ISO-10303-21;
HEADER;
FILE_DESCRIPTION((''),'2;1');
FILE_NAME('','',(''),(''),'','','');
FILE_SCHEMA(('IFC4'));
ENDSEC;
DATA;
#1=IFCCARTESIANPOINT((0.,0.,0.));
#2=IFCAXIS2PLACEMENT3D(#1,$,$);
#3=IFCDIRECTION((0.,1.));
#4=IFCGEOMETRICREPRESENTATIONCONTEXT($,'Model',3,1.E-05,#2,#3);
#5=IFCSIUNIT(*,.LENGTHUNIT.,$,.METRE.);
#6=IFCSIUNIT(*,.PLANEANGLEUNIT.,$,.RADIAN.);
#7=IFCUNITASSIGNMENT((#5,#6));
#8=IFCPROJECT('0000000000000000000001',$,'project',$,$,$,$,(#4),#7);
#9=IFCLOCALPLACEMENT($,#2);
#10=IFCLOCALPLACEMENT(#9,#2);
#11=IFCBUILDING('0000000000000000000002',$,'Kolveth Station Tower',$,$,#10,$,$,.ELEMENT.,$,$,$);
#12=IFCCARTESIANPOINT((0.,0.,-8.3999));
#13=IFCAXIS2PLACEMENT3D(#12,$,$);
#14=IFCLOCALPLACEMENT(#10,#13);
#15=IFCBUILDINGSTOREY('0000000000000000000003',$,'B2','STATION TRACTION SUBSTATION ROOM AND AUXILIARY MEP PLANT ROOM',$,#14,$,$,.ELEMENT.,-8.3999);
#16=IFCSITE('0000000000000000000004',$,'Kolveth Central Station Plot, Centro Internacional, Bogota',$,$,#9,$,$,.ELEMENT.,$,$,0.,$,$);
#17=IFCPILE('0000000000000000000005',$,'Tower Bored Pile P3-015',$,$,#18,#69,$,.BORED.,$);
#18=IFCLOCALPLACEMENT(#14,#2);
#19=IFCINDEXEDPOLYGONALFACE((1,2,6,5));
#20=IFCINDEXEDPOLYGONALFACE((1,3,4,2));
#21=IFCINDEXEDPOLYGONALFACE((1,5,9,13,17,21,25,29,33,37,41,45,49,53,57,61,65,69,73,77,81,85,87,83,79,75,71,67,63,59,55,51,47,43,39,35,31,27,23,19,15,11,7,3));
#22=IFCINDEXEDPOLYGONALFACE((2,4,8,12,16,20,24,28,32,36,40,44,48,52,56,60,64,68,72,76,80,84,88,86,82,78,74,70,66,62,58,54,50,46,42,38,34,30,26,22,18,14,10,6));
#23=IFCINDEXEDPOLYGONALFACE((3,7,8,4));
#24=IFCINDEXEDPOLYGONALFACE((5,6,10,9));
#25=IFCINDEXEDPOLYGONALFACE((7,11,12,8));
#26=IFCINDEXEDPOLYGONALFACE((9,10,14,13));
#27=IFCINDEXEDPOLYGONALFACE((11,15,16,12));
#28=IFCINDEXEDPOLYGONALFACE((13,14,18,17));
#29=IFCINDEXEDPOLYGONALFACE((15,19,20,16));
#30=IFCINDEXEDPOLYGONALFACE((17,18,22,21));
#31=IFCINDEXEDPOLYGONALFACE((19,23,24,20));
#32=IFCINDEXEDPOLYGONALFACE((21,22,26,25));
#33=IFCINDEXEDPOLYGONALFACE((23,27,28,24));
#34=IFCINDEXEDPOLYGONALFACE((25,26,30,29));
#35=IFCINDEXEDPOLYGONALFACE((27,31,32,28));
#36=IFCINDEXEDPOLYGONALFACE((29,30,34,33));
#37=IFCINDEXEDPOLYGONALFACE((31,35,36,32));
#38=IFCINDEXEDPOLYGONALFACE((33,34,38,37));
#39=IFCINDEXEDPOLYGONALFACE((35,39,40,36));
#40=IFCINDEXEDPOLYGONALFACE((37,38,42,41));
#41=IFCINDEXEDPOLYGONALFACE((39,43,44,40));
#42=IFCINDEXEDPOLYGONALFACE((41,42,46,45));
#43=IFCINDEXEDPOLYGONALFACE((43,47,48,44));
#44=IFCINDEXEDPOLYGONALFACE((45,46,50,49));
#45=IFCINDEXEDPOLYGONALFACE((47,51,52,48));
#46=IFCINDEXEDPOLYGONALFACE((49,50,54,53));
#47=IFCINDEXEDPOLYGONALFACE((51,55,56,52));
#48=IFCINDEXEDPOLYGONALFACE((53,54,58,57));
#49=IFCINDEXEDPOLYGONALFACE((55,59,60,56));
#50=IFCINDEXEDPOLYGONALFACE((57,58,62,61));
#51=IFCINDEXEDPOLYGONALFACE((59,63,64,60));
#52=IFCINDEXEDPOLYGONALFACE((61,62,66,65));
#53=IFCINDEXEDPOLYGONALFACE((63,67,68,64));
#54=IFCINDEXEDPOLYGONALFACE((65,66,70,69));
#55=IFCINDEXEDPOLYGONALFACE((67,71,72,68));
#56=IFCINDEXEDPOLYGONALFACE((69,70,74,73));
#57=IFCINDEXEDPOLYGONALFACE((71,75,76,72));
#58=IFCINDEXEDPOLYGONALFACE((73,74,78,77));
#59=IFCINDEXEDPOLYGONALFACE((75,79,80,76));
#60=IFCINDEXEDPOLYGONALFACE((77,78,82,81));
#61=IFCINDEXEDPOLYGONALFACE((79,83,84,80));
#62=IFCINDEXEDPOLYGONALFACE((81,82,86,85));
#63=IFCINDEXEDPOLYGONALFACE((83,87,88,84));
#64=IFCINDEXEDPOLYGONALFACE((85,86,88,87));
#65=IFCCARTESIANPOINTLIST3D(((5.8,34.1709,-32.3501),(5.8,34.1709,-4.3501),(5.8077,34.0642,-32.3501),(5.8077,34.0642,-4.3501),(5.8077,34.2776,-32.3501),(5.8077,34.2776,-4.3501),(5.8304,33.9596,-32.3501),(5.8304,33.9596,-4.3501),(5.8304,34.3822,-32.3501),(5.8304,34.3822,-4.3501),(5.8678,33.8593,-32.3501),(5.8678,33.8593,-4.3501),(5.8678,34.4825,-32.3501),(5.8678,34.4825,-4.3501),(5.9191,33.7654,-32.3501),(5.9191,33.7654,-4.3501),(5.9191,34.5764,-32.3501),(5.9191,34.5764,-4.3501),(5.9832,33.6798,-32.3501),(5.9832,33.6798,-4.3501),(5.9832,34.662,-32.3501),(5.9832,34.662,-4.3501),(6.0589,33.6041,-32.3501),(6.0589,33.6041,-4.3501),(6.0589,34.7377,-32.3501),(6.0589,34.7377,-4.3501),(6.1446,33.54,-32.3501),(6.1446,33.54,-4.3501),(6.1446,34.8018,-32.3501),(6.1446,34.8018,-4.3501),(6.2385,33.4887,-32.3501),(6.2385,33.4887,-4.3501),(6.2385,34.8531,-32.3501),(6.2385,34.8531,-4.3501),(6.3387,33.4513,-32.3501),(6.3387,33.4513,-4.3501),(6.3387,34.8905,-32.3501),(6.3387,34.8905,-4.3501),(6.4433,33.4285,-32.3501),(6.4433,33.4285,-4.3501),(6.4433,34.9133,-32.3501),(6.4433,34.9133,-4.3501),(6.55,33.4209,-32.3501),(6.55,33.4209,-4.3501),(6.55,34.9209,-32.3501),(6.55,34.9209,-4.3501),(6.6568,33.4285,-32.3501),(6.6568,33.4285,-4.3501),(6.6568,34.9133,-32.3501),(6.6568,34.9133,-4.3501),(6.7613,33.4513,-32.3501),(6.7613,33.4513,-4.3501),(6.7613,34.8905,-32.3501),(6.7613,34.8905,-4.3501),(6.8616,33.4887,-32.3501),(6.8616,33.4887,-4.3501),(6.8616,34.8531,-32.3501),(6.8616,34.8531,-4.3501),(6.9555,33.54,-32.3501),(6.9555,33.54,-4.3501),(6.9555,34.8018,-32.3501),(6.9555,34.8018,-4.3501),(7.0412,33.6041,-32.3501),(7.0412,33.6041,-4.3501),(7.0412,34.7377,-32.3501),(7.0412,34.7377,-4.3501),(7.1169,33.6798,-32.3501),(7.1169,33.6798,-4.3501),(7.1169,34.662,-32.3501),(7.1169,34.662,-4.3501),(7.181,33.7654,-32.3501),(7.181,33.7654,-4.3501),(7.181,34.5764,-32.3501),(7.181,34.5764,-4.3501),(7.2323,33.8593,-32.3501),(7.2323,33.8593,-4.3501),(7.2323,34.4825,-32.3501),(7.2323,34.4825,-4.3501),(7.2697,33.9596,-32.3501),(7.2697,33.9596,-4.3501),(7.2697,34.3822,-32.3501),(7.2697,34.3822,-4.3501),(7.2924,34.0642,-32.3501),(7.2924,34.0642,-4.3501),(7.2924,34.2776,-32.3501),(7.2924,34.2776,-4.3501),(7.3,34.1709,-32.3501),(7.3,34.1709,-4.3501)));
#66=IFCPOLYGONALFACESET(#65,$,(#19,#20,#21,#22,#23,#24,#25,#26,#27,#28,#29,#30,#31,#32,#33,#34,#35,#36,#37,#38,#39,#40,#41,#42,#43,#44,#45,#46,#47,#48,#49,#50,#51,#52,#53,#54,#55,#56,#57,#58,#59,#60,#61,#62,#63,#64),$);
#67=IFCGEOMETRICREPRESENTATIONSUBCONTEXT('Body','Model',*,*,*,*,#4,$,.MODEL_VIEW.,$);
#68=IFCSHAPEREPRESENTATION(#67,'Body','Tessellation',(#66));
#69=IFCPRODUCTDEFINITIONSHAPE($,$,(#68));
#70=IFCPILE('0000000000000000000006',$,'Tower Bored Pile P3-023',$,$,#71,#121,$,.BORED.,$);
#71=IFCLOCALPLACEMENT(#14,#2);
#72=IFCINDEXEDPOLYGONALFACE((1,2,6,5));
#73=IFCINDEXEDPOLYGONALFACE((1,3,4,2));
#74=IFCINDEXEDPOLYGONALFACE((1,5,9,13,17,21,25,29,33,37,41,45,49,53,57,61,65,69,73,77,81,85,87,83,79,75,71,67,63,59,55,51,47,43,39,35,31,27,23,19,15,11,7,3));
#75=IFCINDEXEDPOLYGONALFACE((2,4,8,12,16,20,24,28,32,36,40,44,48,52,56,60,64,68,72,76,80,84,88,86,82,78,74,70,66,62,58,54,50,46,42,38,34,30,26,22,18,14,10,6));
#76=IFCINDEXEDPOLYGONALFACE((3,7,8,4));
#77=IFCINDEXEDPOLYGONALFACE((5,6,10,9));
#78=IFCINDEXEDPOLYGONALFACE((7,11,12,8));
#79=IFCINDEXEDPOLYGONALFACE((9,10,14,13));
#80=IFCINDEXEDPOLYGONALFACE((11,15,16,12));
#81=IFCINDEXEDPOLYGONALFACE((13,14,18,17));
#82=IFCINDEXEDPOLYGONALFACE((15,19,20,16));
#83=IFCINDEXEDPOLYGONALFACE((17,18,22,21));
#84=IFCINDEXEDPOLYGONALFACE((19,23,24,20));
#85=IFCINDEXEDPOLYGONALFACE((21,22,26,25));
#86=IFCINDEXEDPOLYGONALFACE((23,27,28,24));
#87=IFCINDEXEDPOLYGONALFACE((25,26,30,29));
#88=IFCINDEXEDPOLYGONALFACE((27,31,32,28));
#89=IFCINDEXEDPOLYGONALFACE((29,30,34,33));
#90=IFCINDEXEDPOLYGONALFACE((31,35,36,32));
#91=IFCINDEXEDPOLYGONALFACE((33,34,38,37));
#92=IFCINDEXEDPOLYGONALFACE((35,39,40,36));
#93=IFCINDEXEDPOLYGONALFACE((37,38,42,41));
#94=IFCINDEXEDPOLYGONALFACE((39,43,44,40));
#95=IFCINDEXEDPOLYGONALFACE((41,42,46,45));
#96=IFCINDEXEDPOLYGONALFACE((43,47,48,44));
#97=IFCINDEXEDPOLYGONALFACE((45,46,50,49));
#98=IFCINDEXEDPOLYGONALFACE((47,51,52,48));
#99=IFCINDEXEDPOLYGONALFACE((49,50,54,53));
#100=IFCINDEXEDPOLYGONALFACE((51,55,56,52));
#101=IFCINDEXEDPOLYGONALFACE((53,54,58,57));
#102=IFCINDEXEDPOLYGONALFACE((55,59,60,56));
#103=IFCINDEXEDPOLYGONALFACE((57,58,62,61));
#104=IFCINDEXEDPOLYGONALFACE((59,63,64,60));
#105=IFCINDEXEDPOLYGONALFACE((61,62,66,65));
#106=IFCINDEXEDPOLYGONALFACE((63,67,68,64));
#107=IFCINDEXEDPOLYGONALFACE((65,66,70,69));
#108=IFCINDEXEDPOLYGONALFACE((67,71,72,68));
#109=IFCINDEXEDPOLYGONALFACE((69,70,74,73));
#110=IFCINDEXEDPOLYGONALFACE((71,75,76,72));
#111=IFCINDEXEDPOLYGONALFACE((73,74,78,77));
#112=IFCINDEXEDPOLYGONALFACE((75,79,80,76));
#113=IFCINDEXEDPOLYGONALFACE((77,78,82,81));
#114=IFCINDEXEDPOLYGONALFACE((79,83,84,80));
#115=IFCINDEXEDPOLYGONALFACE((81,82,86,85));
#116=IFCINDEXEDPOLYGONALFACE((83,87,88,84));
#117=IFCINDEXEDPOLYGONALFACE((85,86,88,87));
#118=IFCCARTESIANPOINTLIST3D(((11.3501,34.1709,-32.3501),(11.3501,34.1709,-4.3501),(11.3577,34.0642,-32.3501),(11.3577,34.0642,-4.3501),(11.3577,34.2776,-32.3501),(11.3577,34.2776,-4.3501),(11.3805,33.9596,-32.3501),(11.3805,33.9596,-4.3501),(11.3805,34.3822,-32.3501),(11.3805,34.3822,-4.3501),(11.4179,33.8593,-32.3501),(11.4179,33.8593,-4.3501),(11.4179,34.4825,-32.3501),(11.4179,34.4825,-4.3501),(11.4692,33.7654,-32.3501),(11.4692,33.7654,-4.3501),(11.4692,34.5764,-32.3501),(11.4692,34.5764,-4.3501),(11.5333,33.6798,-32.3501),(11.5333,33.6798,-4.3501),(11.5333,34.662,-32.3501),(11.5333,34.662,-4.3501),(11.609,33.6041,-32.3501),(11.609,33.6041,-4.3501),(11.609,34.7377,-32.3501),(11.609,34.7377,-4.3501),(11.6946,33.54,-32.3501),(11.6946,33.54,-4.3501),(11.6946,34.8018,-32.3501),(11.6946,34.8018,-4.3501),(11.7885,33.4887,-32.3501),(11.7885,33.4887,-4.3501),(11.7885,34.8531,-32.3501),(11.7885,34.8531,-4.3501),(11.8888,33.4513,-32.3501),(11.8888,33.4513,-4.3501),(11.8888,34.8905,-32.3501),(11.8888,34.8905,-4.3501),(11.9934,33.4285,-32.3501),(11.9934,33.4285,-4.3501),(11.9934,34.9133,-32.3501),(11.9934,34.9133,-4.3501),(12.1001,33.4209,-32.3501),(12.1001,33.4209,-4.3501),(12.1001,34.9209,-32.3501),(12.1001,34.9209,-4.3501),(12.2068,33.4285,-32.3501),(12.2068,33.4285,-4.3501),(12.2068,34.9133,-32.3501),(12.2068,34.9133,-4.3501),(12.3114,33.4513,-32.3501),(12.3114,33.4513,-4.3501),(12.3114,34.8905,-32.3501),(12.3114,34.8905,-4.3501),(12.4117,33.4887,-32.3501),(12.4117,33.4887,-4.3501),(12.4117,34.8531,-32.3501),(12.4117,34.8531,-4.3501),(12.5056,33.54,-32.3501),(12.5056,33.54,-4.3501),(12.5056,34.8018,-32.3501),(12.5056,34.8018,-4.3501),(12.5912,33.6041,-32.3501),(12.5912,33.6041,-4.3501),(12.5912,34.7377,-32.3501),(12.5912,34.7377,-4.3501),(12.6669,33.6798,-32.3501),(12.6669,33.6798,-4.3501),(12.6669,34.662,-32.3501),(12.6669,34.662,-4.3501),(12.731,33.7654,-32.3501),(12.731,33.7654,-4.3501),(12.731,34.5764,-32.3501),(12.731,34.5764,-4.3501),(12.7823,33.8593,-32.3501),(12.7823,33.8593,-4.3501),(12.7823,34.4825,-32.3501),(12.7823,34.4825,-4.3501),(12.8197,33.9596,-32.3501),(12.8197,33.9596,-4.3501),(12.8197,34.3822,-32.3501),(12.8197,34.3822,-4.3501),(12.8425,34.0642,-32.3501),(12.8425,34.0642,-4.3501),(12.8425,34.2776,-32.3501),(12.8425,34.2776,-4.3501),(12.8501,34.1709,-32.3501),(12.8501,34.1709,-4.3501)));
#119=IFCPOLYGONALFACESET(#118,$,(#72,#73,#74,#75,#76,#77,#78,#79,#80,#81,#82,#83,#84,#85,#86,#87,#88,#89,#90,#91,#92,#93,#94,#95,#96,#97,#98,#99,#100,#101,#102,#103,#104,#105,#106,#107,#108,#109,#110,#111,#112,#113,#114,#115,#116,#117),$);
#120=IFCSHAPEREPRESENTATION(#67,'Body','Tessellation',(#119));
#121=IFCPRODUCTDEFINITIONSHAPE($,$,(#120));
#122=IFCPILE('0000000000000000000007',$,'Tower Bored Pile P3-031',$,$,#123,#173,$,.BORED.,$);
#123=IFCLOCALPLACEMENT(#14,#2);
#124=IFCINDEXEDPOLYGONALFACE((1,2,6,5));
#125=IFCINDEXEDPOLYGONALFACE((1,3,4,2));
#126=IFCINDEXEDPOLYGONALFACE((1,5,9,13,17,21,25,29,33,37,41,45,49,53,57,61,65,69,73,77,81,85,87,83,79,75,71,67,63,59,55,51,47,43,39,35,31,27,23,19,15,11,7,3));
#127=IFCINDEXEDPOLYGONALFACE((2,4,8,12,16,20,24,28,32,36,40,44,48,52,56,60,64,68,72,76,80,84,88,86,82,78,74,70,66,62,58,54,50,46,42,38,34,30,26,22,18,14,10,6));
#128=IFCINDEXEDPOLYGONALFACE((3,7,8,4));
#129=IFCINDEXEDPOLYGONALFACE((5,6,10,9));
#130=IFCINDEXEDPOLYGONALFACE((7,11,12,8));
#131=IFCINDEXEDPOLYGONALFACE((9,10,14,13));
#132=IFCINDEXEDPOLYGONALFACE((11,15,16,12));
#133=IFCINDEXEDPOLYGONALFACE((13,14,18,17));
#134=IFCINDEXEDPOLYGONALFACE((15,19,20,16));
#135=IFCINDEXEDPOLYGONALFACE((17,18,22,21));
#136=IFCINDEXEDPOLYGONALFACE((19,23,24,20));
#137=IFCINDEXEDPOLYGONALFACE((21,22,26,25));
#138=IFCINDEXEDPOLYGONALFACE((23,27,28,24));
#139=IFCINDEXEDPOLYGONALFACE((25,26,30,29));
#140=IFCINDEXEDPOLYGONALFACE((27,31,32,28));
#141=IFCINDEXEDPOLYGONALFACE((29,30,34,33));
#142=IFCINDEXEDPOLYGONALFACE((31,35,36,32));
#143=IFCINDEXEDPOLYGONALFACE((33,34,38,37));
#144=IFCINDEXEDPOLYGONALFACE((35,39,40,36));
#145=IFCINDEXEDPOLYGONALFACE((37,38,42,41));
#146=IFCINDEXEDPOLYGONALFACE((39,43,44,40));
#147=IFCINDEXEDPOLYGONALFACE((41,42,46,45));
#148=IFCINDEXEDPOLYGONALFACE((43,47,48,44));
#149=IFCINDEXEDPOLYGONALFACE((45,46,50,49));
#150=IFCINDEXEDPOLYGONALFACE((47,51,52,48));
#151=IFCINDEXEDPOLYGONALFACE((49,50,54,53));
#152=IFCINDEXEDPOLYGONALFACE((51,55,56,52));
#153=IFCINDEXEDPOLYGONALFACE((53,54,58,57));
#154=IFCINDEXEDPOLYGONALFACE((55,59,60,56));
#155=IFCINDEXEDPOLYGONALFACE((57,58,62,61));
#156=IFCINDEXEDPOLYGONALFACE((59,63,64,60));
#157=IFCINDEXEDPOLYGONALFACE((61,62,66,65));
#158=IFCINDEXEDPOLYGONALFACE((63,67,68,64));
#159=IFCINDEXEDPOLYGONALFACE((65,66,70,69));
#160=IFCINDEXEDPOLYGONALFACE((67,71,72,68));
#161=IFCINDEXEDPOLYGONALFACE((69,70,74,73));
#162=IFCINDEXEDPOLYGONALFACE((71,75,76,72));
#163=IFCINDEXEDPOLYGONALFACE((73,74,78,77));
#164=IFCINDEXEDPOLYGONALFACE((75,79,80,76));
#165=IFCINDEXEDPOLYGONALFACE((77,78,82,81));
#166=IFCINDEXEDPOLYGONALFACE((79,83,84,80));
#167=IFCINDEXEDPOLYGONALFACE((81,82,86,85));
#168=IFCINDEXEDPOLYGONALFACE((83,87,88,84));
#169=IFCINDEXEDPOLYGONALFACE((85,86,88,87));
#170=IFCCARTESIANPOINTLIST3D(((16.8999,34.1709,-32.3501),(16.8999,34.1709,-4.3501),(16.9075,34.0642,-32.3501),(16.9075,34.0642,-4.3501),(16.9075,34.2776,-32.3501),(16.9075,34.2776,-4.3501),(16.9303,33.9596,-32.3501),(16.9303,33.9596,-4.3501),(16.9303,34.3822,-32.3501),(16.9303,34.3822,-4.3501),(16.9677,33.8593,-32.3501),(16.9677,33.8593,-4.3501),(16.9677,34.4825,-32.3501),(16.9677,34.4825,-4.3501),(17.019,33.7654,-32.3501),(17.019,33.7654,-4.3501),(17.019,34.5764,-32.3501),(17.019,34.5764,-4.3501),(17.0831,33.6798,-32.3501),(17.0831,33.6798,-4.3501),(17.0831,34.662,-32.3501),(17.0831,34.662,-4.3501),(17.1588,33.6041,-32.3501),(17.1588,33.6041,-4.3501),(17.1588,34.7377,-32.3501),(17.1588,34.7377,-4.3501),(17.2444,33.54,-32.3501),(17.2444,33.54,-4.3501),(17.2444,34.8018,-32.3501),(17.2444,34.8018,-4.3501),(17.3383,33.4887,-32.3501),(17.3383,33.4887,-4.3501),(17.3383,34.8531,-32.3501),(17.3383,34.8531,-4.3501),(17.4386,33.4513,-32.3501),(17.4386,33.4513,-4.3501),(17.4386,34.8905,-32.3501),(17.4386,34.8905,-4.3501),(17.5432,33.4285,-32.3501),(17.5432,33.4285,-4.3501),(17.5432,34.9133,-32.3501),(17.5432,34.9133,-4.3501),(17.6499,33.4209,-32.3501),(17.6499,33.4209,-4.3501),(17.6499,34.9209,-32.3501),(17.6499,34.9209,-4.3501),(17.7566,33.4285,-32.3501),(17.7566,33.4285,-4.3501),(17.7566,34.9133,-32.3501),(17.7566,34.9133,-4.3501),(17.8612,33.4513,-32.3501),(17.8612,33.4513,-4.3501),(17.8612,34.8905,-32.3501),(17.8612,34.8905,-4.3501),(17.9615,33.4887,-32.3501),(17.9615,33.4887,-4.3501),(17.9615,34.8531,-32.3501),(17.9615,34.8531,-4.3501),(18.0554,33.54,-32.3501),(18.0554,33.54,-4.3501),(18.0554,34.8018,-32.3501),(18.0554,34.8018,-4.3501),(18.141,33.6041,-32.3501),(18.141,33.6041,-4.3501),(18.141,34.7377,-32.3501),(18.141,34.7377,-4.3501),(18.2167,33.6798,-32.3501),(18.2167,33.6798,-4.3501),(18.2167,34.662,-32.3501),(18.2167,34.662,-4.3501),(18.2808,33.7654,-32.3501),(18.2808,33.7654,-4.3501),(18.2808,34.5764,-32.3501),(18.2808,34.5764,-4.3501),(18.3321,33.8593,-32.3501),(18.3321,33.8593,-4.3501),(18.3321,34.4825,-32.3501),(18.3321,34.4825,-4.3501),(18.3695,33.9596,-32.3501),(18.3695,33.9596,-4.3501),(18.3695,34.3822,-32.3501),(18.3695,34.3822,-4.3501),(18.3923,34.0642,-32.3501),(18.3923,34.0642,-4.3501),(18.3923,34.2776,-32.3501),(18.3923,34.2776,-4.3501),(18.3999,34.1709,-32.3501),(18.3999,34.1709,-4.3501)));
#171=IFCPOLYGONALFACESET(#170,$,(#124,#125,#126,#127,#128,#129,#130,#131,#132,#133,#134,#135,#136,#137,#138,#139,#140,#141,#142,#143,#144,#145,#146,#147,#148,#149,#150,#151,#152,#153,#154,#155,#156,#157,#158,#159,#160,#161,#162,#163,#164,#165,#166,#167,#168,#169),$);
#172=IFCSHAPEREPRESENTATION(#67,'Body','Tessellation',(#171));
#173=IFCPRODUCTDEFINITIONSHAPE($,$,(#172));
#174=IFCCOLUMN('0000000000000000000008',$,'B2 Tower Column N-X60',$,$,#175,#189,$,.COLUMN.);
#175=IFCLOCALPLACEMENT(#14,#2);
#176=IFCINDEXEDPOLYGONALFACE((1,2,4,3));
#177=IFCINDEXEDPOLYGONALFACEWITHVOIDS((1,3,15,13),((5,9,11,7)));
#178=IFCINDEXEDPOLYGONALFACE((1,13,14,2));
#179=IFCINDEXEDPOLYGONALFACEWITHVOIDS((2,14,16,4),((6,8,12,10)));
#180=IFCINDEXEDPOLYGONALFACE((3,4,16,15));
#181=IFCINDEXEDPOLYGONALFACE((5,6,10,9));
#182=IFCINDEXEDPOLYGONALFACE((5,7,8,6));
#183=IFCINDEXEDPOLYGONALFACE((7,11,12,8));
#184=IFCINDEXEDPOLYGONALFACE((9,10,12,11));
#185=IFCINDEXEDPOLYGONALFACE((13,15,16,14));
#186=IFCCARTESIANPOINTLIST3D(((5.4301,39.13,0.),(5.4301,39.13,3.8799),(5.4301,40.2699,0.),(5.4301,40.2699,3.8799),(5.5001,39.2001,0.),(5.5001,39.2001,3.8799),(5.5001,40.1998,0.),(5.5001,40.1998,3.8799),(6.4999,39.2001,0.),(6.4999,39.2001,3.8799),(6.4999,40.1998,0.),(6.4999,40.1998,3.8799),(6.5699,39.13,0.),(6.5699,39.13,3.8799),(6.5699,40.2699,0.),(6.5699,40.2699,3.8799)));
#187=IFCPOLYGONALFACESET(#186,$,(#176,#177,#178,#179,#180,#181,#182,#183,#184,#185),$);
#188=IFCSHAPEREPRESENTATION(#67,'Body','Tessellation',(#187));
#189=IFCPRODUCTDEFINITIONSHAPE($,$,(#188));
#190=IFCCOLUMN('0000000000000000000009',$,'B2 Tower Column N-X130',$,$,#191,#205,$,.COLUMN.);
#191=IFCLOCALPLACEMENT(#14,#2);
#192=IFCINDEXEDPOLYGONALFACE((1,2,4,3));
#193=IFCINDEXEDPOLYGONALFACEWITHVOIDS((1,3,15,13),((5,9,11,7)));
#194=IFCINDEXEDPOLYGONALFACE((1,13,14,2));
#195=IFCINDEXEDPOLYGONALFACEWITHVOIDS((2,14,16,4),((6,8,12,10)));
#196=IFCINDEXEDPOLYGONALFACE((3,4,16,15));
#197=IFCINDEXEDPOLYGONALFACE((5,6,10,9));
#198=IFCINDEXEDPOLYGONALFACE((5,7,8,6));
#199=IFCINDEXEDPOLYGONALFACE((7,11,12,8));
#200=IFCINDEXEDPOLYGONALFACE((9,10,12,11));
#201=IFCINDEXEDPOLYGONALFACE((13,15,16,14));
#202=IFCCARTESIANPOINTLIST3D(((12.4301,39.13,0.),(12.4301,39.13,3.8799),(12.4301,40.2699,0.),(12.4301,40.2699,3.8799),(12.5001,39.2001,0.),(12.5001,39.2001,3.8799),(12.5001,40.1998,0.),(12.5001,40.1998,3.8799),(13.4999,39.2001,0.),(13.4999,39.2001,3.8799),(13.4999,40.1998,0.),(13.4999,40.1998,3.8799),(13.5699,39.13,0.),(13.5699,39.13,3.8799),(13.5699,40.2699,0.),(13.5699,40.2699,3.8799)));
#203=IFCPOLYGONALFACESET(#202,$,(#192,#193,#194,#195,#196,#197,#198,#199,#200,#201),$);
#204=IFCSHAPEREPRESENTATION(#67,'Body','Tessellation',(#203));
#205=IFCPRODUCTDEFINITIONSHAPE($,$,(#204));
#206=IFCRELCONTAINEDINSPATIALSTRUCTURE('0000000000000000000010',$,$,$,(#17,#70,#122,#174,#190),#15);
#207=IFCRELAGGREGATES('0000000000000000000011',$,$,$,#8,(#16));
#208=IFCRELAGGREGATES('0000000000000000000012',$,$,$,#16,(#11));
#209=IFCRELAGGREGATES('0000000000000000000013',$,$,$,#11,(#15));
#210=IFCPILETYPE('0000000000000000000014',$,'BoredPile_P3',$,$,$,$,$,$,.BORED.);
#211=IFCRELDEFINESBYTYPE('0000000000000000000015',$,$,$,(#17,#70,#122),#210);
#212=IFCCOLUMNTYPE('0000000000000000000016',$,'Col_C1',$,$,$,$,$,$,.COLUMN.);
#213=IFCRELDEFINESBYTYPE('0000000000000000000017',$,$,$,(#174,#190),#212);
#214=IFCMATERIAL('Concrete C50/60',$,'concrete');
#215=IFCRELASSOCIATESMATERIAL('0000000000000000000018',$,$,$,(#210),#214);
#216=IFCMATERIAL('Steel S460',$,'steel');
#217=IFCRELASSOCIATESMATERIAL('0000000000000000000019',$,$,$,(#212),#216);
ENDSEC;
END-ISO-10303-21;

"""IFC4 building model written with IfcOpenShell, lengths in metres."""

from ifc_helpers import new_model, si_unit, direction, frame, origin, origin_2d, place, context, subcontext, project, spatial, hollow_rectangle, circle, extrude, source, transform, mapped, material, material_profile, profile_set, type_object, element, save


model = new_model("IFC4")

# Units and contexts
model_context = context("Model", 3, precision=1e-05, world=origin(), true_north=direction((0.0, 1.0)))
body_context = subcontext(model_context, "Body", "Model", "MODEL_VIEW")
ifc_project = project(units=[si_unit("LENGTHUNIT", "METRE"), si_unit("PLANEANGLEUNIT", "RADIAN")], contexts=[model_context])

# Site, building, storey
site_placement = place(None, origin())
site = spatial("IfcSite", under=ifc_project, at=site_placement, Name="Kolveth Central Station Plot, Centro Internacional, Bogota", CompositionType="ELEMENT", RefElevation=0.0)
building_placement = place(site_placement, origin())
building = spatial("IfcBuilding", under=site, at=building_placement, Name="Kolveth Station Tower", CompositionType="ELEMENT")
storey_placement = place(building_placement, frame((0.0, 0.0, -8.3999)))
storey = spatial("IfcBuildingStorey", under=building, at=storey_placement, Name="B2", Description="STATION TRACTION SUBSTATION ROOM AND AUXILIARY MEP PLANT ROOM", CompositionType="ELEMENT", Elevation=-8.3999)

# Piles
ifc_material_1 = material(Name="Concrete C50/60", Category="concrete")
ifc_material_profile_1 = material_profile(ifc_material_1, circle(Radius=0.75, at=origin_2d()), Name="PILE-D1500")
ifc_profile_set_1 = profile_set([ifc_material_profile_1], Name="Concrete C50/60")
pile_type_1 = type_object("IfcPileType", Name="BoredPile_P3", PredefinedType="BORED", material=ifc_profile_set_1)
shared_shape_1 = source(origin(), body_context, "Body", "SweptSolid", [
    extrude(circle(Radius=0.75, at=origin_2d()), origin(), (0.0, 0.0, 1.0), 28.0),
])
for number, where, z_axis, x_axis, name in (
    (1, (6.55, 34.1709, -4.3501), (0.0, 0.0, -1.0), (1.0, 0.0, 0.0), "Tower Bored Pile P3-015"),
    (2, (12.1001, 34.1709, -4.3501), (0.0, 0.0, -1.0), (1.0, 0.0, 0.0), "Tower Bored Pile P3-023"),
    (3, (17.6499, 34.1709, -4.3501), (0.0, 0.0, -1.0), (1.0, 0.0, 0.0), "Tower Bored Pile P3-031"),
):
    element("IfcPile", number, at=place(storey_placement, frame(where, z_axis=z_axis, x_axis=x_axis)), inside=storey, type_object=pile_type_1, Name=name, PredefinedType="BORED", context=body_context, shape_type="MappedRepresentation", body=[
        mapped(shared_shape_1, transform((0.0, 0.0, 0.0), x_axis=(1.0, 0.0, 0.0), y_axis=(0.0, 1.0, 0.0), z_axis=(0.0, 0.0, 1.0), scale=1.0)),
    ])

# Columns
ifc_material_2 = material(Name="Steel S460", Category="steel")
ifc_material_profile_2 = material_profile(ifc_material_2, hollow_rectangle(XDim=1.1399, YDim=1.1399, WallThickness=0.0701, at=origin_2d()), Name="BOX1140x1140x70")
ifc_profile_set_2 = profile_set([ifc_material_profile_2], Name="Steel S460")
column_type = type_object("IfcColumnType", Name="Col_C1", PredefinedType="COLUMN", material=ifc_profile_set_2)
shared_shape_2 = source(origin(), body_context, "Body", "SweptSolid", [
    extrude(hollow_rectangle(XDim=1.1399, YDim=1.1399, WallThickness=0.0701, at=origin_2d()), origin(), (0.0, 0.0, 1.0), 3.8799),
])
for number, where, z_axis, x_axis, name in (
    (4, (6.0, 39.7, 0.0), (0.0, 0.0, 1.0), (1.0, 0.0, 0.0), "B2 Tower Column N-X60"),
    (5, (13.0, 39.7, 0.0), (0.0, 0.0, 1.0), (1.0, 0.0, 0.0), "B2 Tower Column N-X130"),
):
    element("IfcColumn", number, at=place(storey_placement, frame(where, z_axis=z_axis, x_axis=x_axis)), inside=storey, type_object=column_type, Name=name, PredefinedType="COLUMN", context=body_context, shape_type="MappedRepresentation", body=[
        mapped(shared_shape_2, transform((0.0, 0.0, 0.0), x_axis=(1.0, 0.0, 0.0), y_axis=(0.0, 1.0, 0.0), z_axis=(0.0, 0.0, 1.0), scale=1.0)),
    ])

save(model, "model.ifc")
